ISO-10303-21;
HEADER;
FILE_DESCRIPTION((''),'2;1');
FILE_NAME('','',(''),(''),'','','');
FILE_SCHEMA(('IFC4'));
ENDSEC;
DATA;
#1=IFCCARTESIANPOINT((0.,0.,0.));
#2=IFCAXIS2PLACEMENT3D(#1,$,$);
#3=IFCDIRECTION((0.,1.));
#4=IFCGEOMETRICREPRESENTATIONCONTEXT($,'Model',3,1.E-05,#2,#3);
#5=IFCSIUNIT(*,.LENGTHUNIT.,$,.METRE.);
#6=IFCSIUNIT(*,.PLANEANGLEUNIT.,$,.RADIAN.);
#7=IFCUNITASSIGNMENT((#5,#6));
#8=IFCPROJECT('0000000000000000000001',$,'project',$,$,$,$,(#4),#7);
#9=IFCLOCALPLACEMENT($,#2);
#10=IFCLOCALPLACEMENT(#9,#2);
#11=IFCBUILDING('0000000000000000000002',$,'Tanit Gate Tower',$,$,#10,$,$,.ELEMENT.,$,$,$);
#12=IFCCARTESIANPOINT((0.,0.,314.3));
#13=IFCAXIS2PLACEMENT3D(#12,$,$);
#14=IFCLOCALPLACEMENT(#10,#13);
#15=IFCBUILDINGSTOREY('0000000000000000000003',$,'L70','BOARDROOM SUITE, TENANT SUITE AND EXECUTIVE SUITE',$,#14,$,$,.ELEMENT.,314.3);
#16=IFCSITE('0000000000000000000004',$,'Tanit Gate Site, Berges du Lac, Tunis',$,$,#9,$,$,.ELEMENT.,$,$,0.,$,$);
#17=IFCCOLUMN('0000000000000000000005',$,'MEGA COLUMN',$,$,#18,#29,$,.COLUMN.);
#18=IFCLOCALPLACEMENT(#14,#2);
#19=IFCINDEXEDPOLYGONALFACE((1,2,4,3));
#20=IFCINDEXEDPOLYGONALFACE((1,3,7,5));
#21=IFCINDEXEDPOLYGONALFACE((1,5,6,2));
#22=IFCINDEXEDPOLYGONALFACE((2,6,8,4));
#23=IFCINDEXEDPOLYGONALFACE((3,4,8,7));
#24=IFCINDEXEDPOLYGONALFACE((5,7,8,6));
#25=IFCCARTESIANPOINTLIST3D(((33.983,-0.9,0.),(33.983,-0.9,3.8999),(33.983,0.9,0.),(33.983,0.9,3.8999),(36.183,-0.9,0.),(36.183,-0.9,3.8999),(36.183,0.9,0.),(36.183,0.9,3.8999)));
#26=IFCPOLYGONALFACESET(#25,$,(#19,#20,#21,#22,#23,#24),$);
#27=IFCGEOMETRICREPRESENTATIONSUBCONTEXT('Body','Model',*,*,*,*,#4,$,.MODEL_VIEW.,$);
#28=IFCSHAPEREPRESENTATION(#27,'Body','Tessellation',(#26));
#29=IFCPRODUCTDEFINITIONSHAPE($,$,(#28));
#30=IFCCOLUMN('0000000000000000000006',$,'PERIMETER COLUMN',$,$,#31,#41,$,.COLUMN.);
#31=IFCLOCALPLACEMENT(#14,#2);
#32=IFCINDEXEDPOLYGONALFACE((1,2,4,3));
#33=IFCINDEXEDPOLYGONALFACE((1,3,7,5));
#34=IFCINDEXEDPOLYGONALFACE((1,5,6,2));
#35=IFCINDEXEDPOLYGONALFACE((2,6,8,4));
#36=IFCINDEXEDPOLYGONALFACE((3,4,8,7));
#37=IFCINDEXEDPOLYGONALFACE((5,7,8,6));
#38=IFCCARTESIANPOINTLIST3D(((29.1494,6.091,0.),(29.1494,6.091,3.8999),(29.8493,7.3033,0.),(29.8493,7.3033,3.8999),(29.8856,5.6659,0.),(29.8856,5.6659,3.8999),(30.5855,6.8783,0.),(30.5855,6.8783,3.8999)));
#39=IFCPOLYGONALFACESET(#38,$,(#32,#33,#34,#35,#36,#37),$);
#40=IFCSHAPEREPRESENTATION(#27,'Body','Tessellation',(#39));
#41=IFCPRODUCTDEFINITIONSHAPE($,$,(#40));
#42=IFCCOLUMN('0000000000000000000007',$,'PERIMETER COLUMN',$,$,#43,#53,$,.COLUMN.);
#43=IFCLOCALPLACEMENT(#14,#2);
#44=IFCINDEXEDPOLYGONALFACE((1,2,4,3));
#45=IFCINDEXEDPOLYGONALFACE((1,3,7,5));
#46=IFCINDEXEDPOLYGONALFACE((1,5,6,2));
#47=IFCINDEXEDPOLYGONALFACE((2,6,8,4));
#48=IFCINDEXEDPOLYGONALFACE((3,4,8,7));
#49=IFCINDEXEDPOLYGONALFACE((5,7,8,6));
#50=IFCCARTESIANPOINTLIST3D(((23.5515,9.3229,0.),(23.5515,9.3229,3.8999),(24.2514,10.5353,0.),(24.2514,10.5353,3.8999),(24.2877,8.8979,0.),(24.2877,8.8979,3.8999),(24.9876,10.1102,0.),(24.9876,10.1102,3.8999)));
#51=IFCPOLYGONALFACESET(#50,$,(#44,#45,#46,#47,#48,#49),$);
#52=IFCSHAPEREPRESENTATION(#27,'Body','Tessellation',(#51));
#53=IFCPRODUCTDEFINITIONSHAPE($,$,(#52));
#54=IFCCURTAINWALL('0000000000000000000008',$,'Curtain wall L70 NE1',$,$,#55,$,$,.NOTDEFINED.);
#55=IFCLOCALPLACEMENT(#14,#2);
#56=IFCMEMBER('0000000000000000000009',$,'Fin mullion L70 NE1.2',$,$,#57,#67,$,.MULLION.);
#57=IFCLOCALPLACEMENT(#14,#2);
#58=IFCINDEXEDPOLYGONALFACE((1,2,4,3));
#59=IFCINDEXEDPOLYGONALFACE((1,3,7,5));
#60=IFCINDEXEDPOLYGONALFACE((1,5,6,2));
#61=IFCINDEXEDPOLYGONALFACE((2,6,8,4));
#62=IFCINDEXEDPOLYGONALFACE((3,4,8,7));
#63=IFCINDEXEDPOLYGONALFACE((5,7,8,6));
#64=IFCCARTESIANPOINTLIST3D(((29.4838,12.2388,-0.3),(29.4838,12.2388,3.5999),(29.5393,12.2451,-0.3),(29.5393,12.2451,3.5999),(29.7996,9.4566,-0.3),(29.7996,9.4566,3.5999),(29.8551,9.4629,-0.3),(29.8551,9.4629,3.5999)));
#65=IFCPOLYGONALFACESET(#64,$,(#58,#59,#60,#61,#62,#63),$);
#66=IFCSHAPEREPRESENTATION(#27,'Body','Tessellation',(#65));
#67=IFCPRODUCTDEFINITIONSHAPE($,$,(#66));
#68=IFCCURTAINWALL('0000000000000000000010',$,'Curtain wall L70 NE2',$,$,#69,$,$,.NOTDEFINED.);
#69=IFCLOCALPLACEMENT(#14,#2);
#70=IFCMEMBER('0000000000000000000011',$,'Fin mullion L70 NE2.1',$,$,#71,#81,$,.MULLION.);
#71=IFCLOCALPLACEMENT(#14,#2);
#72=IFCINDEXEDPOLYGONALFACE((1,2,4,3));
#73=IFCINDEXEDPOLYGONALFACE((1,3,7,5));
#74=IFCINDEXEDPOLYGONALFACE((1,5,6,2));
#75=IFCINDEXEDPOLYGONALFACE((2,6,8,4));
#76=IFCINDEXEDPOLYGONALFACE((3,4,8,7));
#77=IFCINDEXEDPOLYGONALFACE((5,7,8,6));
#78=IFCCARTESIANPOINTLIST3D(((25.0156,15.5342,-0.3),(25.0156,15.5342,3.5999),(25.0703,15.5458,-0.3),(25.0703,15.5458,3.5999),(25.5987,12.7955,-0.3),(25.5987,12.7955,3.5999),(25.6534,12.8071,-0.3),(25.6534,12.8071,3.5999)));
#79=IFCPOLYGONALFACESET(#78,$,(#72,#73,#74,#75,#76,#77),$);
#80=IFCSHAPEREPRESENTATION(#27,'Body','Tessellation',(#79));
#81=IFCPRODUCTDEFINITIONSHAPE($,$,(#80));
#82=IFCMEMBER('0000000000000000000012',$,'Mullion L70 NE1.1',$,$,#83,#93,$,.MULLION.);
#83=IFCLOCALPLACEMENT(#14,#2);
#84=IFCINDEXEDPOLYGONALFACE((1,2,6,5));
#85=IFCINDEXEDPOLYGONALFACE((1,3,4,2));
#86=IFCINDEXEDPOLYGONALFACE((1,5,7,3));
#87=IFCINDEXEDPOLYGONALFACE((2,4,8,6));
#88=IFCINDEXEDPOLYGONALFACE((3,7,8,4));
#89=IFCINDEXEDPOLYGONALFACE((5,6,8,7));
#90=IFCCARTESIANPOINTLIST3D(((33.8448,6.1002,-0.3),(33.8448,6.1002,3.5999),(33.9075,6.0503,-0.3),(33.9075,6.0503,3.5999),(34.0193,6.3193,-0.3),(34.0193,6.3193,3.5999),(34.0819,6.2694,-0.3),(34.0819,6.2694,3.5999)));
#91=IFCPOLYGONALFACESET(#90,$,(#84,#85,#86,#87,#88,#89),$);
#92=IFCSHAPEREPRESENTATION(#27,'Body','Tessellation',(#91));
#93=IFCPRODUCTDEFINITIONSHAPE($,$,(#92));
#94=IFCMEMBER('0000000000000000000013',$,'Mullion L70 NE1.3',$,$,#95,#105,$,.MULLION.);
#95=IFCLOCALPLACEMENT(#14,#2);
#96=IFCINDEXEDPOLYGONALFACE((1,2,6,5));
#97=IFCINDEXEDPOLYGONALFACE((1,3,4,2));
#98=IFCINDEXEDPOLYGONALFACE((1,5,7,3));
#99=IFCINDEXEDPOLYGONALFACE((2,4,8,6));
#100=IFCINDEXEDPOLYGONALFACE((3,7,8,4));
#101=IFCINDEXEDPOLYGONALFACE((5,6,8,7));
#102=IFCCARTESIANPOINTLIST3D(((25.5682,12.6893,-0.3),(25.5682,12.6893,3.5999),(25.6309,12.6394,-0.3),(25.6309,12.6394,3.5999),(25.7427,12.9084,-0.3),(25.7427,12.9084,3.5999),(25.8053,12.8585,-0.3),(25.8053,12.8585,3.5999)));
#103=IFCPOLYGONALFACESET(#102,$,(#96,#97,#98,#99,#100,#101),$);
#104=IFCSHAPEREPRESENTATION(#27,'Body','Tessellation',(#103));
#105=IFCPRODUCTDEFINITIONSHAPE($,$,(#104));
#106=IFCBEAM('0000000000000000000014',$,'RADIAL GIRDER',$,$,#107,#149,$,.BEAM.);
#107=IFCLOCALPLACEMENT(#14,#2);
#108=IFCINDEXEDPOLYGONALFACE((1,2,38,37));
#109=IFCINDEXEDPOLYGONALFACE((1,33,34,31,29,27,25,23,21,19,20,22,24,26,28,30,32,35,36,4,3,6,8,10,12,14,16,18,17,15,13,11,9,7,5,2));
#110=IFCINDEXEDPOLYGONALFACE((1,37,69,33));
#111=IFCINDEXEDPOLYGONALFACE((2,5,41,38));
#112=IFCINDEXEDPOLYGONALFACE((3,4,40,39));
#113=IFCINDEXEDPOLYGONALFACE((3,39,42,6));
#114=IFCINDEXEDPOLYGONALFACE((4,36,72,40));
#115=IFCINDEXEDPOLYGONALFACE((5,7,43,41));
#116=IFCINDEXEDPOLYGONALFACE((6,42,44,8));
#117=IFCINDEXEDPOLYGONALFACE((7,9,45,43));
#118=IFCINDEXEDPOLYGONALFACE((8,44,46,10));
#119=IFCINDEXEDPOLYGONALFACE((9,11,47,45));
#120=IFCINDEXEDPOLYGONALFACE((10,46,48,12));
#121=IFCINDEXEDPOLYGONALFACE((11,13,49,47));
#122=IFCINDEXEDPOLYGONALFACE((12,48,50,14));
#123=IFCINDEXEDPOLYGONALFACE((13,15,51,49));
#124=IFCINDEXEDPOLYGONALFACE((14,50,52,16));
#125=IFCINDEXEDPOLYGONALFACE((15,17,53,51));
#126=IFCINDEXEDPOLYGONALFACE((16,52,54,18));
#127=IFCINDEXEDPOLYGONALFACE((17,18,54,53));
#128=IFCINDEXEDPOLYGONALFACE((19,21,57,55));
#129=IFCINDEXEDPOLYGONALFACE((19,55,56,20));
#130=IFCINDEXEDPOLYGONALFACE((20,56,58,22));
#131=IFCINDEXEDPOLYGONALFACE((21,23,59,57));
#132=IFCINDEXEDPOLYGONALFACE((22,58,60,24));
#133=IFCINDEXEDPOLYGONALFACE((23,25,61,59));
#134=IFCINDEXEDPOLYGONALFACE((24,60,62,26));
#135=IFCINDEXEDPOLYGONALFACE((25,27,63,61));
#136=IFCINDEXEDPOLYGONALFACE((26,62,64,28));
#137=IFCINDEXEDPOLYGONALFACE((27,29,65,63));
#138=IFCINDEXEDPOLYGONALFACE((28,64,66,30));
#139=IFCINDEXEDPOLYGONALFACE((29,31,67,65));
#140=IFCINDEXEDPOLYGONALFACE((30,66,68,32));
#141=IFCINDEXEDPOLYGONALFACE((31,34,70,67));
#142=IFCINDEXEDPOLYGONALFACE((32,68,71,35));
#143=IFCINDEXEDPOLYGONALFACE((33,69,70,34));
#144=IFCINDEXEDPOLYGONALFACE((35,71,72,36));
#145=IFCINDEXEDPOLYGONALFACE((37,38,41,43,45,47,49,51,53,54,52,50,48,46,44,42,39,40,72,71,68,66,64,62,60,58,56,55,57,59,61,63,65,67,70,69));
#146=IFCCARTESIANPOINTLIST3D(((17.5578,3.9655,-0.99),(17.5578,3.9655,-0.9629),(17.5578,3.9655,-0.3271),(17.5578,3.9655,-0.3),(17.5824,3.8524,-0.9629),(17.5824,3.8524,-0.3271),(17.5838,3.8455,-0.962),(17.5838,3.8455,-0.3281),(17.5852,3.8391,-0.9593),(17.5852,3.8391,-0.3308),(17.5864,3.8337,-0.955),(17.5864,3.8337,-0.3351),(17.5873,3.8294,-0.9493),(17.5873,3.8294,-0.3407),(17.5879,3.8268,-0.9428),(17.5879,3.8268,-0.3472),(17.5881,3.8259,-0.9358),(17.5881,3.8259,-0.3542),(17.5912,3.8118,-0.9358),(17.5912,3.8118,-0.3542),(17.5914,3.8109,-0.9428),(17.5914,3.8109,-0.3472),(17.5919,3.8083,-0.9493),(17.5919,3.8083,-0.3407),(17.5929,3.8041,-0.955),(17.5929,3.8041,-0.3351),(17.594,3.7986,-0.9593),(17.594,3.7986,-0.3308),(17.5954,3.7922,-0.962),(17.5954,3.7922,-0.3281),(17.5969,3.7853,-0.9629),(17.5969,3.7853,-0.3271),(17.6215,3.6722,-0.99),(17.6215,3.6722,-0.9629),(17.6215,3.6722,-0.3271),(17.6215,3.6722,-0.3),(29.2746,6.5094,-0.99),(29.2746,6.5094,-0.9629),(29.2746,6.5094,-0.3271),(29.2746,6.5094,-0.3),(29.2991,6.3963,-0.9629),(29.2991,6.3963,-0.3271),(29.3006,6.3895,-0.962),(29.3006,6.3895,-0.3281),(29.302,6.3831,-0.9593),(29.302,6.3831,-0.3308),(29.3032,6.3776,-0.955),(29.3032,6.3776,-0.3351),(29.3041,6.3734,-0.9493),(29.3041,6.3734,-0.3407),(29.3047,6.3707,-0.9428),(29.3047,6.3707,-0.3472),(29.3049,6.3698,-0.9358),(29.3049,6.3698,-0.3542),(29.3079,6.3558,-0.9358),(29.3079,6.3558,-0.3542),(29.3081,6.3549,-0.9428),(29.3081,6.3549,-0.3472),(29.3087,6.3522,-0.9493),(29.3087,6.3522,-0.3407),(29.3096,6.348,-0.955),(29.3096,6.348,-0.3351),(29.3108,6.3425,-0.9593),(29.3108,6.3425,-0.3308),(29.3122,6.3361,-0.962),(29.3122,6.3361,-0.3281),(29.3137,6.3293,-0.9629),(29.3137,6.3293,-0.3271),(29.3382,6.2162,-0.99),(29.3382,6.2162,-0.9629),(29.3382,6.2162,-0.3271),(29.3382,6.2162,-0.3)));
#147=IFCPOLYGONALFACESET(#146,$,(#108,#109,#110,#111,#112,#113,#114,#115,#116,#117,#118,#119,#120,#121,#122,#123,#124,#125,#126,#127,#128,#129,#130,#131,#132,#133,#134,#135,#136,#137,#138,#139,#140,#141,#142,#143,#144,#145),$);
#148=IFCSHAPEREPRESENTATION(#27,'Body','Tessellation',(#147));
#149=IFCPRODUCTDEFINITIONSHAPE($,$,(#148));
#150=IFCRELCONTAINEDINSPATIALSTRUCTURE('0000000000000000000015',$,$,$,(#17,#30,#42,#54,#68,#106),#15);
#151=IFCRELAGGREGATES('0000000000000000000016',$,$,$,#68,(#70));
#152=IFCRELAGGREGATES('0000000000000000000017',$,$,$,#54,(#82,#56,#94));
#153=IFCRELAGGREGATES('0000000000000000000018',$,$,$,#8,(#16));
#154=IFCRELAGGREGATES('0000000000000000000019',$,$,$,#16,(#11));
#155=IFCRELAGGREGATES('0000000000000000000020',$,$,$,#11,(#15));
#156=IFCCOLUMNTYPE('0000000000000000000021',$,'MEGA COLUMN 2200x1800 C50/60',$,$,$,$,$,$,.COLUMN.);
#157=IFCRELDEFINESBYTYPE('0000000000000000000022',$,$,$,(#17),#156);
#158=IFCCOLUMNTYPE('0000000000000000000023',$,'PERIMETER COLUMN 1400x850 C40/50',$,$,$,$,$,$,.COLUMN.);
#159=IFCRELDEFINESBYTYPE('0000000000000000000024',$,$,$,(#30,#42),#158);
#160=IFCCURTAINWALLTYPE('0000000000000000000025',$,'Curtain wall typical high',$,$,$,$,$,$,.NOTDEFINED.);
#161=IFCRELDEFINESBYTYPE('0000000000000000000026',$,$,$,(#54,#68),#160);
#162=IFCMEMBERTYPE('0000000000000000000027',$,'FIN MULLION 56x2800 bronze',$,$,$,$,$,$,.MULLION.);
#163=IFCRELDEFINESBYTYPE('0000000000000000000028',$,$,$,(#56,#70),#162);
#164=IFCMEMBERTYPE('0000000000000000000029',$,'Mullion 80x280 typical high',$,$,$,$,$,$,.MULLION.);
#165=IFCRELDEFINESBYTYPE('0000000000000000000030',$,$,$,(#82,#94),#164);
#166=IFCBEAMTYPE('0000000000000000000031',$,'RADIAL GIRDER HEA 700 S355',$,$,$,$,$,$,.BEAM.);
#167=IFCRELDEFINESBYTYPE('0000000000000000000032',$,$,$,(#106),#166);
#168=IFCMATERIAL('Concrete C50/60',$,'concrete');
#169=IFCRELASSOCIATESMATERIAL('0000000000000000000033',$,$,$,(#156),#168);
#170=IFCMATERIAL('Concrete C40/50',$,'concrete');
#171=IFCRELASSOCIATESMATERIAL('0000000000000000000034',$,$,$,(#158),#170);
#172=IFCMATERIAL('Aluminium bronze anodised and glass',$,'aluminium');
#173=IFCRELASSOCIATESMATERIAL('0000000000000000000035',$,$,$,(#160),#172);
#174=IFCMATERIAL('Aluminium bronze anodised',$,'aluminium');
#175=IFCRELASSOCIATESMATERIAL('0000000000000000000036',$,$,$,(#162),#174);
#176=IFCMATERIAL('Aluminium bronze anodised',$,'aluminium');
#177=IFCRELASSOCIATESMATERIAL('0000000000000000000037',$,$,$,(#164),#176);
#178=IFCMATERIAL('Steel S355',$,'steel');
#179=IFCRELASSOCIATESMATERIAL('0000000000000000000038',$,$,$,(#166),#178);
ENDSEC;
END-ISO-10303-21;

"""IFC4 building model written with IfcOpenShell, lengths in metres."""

from ifc_helpers import new_model, si_unit, direction, frame, origin, origin_2d, place, context, subcontext, project, spatial, rectangle, i_section, extrude, material, material_profile, profile_set, type_object, element, aggregate, save


model = new_model("IFC4")

# Units and contexts
model_context = context("Model", 3, precision=1e-05, world=origin(), true_north=direction((0.0, 1.0)))
body_context = subcontext(model_context, "Body", "Model", "MODEL_VIEW")
ifc_project = project(units=[si_unit("LENGTHUNIT", "METRE"), si_unit("PLANEANGLEUNIT", "RADIAN")], contexts=[model_context])

# Site, building, storey
site_placement = place(None, origin())
site = spatial("IfcSite", under=ifc_project, at=site_placement, Name="Tanit Gate Site, Berges du Lac, Tunis", CompositionType="ELEMENT", RefElevation=0.0)
building_placement = place(site_placement, origin())
building = spatial("IfcBuilding", under=site, at=building_placement, Name="Tanit Gate Tower", CompositionType="ELEMENT")
storey_placement = place(building_placement, frame((0.0, 0.0, 314.3)))
storey = spatial("IfcBuildingStorey", under=building, at=storey_placement, Name="L70", Description="BOARDROOM SUITE, TENANT SUITE AND EXECUTIVE SUITE", CompositionType="ELEMENT", Elevation=314.3)

# Columns
ifc_material_1 = material(Name="Concrete C50/60", Category="concrete")
ifc_material_profile_1 = material_profile(ifc_material_1, rectangle(XDim=2.2, YDim=1.8, at=origin_2d()), Name="RC 2200x1800")
ifc_profile_set_1 = profile_set([ifc_material_profile_1], Name="Concrete C50/60")
column_type_1 = type_object("IfcColumnType", Name="MEGA COLUMN 2200x1800 C50/60", PredefinedType="COLUMN", material=ifc_profile_set_1)
column_placement = place(storey_placement, frame((35.083, 0.0, 0.0), z_axis=(0.0, 0.0, 1.0), x_axis=(1.0, 0.0, 0.0)))
element("IfcColumn", 1, at=column_placement, inside=storey, type_object=column_type_1, Name="MEGA COLUMN", PredefinedType="COLUMN", context=body_context, shape_type="SweptSolid", body=[
    extrude(rectangle(XDim=2.2, YDim=1.8, at=origin_2d()), origin(), (0.0, 0.0, 1.0), 3.8999),
])
ifc_material_2 = material(Name="Concrete C40/50", Category="concrete")
ifc_material_profile_2 = material_profile(ifc_material_2, rectangle(XDim=1.3999, YDim=0.8501, at=origin_2d()), Name="RC 1400x850")
ifc_profile_set_2 = profile_set([ifc_material_profile_2], Name="Concrete C40/50")
column_type_2 = type_object("IfcColumnType", Name="PERIMETER COLUMN 1400x850 C40/50", PredefinedType="COLUMN", material=ifc_profile_set_2)
for number, where, z_axis, x_axis, name in (
    (2, (29.8674, 6.4846, 0.0), (0.0, 0.0, 1.0), (0.5, 0.866025, 0.0), "PERIMETER COLUMN"),
    (3, (24.2695, 9.7166, 0.0), (0.0, 0.0, 1.0), (0.5, 0.866025, 0.0), "PERIMETER COLUMN"),
):
    element("IfcColumn", number, at=place(storey_placement, frame(where, z_axis=z_axis, x_axis=x_axis)), inside=storey, type_object=column_type_2, Name=name, PredefinedType="COLUMN", context=body_context, shape_type="SweptSolid", body=[
        extrude(rectangle(XDim=1.3999, YDim=0.8501, at=origin_2d()), origin(), (0.0, 0.0, 1.0), 3.8999),
    ])

# Curtain walls, members
ifc_material_3 = material(Name="Aluminium bronze anodised and glass", Category="aluminium")
curtain_wall_type = type_object("IfcCurtainWallType", Name="Curtain wall typical high", PredefinedType="NOTDEFINED", material=ifc_material_3)
curtain_wall_1_placement = place(storey_placement, origin())
curtain_wall_1 = element("IfcCurtainWall", 4, at=curtain_wall_1_placement, inside=storey, type_object=curtain_wall_type, Name="Curtain wall L70 NE1", PredefinedType="NOTDEFINED")
ifc_material_4 = material(Name="Aluminium bronze anodised", Category="aluminium")
ifc_material_profile_3 = material_profile(ifc_material_4, rectangle(XDim=2.8, YDim=0.0559, at=origin_2d()), Name="56x2800 bronze fin mullion")
ifc_profile_set_3 = profile_set([ifc_material_profile_3], Name="Aluminium bronze anodised")
member_type_1 = type_object("IfcMemberType", Name="FIN MULLION 56x2800 bronze", PredefinedType="MULLION", material=ifc_profile_set_3)
member_1_placement = place(storey_placement, frame((29.6694, 10.8508, -0.3), z_axis=(0.0, 0.0, 1.0), x_axis=(0.112782, -0.99362, 0.0)))
member_1 = element("IfcMember", 5, at=member_1_placement, type_object=member_type_1, Name="Fin mullion L70 NE1.2", PredefinedType="MULLION", context=body_context, shape_type="SweptSolid", body=[
    extrude(rectangle(XDim=2.8, YDim=0.0559, at=origin_2d()), origin(), (0.0, 0.0, 1.0), 3.8999),
])
curtain_wall_2_placement = place(storey_placement, origin())
curtain_wall_2 = element("IfcCurtainWall", 6, at=curtain_wall_2_placement, inside=storey, type_object=curtain_wall_type, Name="Curtain wall L70 NE2", PredefinedType="NOTDEFINED")
member_2_placement = place(storey_placement, frame((25.3345, 14.1707, -0.3), z_axis=(0.0, 0.0, 1.0), x_axis=(0.208238, -0.978078, 0.0)))
member_2 = element("IfcMember", 7, at=member_2_placement, type_object=member_type_1, Name="Fin mullion L70 NE2.1", PredefinedType="MULLION", context=body_context, shape_type="SweptSolid", body=[
    extrude(rectangle(XDim=2.8, YDim=0.0559, at=origin_2d()), origin(), (0.0, 0.0, 1.0), 3.8999),
])

# Members
ifc_material_5 = material(Name="Aluminium bronze anodised", Category="aluminium")
ifc_material_profile_4 = material_profile(ifc_material_5, rectangle(XDim=0.28, YDim=0.0801, at=origin_2d()), Name="80x280 bronze mullion")
ifc_profile_set_4 = profile_set([ifc_material_profile_4], Name="Aluminium bronze anodised")
member_type_2 = type_object("IfcMemberType", Name="Mullion 80x280 typical high", PredefinedType="MULLION", material=ifc_profile_set_4)
member_3_placement = place(storey_placement, frame((33.9634, 6.1848, -0.3), z_axis=(0.0, 0.0, 1.0), x_axis=(-0.622847, -0.782344, 0.0)))
member_3 = element("IfcMember", 8, at=member_3_placement, type_object=member_type_2, Name="Mullion L70 NE1.1", PredefinedType="MULLION", context=body_context, shape_type="SweptSolid", body=[
    extrude(rectangle(XDim=0.28, YDim=0.0801, at=origin_2d()), origin(), (0.0, 0.0, 1.0), 3.8999),
])
member_4_placement = place(storey_placement, frame((25.6868, 12.7739, -0.3), z_axis=(0.0, 0.0, 1.0), x_axis=(-0.622847, -0.782344, 0.0)))
member_4 = element("IfcMember", 9, at=member_4_placement, type_object=member_type_2, Name="Mullion L70 NE1.3", PredefinedType="MULLION", context=body_context, shape_type="SweptSolid", body=[
    extrude(rectangle(XDim=0.28, YDim=0.0801, at=origin_2d()), origin(), (0.0, 0.0, 1.0), 3.8999),
])

# Beam
ifc_material_6 = material(Name="Steel S355", Category="steel")
ifc_material_profile_5 = material_profile(ifc_material_6, i_section(OverallWidth=0.3, OverallDepth=0.6899, WebThickness=0.0144, FlangeThickness=0.0271, FilletRadius=0.0271, at=origin_2d()), Name="HEA 700")
ifc_profile_set_5 = profile_set([ifc_material_profile_5], Name="Steel S355")
beam_type_1 = type_object("IfcBeamType", Name="RADIAL GIRDER HEA 700 S355", PredefinedType="BEAM", material=ifc_profile_set_5)
beam_1_placement = place(storey_placement, frame((29.3064, 6.3628, -0.645), z_axis=(-0.977231, -0.212176, 0.0), x_axis=(0.212176, -0.977231, 0.0)))
element("IfcBeam", 10, at=beam_1_placement, inside=storey, type_object=beam_type_1, Name="RADIAL GIRDER", PredefinedType="BEAM", context=body_context, shape_type="SweptSolid", body=[
    extrude(i_section(OverallWidth=0.3, OverallDepth=0.6899, WebThickness=0.0144, FlangeThickness=0.0271, FilletRadius=0.0271, at=origin_2d()), origin(), (0.0, 0.0, 1.0), 11.9897),
])

aggregate(curtain_wall_2, [member_2])

aggregate(curtain_wall_1, [member_3, member_1, member_4])

save(model, "model.ifc")
